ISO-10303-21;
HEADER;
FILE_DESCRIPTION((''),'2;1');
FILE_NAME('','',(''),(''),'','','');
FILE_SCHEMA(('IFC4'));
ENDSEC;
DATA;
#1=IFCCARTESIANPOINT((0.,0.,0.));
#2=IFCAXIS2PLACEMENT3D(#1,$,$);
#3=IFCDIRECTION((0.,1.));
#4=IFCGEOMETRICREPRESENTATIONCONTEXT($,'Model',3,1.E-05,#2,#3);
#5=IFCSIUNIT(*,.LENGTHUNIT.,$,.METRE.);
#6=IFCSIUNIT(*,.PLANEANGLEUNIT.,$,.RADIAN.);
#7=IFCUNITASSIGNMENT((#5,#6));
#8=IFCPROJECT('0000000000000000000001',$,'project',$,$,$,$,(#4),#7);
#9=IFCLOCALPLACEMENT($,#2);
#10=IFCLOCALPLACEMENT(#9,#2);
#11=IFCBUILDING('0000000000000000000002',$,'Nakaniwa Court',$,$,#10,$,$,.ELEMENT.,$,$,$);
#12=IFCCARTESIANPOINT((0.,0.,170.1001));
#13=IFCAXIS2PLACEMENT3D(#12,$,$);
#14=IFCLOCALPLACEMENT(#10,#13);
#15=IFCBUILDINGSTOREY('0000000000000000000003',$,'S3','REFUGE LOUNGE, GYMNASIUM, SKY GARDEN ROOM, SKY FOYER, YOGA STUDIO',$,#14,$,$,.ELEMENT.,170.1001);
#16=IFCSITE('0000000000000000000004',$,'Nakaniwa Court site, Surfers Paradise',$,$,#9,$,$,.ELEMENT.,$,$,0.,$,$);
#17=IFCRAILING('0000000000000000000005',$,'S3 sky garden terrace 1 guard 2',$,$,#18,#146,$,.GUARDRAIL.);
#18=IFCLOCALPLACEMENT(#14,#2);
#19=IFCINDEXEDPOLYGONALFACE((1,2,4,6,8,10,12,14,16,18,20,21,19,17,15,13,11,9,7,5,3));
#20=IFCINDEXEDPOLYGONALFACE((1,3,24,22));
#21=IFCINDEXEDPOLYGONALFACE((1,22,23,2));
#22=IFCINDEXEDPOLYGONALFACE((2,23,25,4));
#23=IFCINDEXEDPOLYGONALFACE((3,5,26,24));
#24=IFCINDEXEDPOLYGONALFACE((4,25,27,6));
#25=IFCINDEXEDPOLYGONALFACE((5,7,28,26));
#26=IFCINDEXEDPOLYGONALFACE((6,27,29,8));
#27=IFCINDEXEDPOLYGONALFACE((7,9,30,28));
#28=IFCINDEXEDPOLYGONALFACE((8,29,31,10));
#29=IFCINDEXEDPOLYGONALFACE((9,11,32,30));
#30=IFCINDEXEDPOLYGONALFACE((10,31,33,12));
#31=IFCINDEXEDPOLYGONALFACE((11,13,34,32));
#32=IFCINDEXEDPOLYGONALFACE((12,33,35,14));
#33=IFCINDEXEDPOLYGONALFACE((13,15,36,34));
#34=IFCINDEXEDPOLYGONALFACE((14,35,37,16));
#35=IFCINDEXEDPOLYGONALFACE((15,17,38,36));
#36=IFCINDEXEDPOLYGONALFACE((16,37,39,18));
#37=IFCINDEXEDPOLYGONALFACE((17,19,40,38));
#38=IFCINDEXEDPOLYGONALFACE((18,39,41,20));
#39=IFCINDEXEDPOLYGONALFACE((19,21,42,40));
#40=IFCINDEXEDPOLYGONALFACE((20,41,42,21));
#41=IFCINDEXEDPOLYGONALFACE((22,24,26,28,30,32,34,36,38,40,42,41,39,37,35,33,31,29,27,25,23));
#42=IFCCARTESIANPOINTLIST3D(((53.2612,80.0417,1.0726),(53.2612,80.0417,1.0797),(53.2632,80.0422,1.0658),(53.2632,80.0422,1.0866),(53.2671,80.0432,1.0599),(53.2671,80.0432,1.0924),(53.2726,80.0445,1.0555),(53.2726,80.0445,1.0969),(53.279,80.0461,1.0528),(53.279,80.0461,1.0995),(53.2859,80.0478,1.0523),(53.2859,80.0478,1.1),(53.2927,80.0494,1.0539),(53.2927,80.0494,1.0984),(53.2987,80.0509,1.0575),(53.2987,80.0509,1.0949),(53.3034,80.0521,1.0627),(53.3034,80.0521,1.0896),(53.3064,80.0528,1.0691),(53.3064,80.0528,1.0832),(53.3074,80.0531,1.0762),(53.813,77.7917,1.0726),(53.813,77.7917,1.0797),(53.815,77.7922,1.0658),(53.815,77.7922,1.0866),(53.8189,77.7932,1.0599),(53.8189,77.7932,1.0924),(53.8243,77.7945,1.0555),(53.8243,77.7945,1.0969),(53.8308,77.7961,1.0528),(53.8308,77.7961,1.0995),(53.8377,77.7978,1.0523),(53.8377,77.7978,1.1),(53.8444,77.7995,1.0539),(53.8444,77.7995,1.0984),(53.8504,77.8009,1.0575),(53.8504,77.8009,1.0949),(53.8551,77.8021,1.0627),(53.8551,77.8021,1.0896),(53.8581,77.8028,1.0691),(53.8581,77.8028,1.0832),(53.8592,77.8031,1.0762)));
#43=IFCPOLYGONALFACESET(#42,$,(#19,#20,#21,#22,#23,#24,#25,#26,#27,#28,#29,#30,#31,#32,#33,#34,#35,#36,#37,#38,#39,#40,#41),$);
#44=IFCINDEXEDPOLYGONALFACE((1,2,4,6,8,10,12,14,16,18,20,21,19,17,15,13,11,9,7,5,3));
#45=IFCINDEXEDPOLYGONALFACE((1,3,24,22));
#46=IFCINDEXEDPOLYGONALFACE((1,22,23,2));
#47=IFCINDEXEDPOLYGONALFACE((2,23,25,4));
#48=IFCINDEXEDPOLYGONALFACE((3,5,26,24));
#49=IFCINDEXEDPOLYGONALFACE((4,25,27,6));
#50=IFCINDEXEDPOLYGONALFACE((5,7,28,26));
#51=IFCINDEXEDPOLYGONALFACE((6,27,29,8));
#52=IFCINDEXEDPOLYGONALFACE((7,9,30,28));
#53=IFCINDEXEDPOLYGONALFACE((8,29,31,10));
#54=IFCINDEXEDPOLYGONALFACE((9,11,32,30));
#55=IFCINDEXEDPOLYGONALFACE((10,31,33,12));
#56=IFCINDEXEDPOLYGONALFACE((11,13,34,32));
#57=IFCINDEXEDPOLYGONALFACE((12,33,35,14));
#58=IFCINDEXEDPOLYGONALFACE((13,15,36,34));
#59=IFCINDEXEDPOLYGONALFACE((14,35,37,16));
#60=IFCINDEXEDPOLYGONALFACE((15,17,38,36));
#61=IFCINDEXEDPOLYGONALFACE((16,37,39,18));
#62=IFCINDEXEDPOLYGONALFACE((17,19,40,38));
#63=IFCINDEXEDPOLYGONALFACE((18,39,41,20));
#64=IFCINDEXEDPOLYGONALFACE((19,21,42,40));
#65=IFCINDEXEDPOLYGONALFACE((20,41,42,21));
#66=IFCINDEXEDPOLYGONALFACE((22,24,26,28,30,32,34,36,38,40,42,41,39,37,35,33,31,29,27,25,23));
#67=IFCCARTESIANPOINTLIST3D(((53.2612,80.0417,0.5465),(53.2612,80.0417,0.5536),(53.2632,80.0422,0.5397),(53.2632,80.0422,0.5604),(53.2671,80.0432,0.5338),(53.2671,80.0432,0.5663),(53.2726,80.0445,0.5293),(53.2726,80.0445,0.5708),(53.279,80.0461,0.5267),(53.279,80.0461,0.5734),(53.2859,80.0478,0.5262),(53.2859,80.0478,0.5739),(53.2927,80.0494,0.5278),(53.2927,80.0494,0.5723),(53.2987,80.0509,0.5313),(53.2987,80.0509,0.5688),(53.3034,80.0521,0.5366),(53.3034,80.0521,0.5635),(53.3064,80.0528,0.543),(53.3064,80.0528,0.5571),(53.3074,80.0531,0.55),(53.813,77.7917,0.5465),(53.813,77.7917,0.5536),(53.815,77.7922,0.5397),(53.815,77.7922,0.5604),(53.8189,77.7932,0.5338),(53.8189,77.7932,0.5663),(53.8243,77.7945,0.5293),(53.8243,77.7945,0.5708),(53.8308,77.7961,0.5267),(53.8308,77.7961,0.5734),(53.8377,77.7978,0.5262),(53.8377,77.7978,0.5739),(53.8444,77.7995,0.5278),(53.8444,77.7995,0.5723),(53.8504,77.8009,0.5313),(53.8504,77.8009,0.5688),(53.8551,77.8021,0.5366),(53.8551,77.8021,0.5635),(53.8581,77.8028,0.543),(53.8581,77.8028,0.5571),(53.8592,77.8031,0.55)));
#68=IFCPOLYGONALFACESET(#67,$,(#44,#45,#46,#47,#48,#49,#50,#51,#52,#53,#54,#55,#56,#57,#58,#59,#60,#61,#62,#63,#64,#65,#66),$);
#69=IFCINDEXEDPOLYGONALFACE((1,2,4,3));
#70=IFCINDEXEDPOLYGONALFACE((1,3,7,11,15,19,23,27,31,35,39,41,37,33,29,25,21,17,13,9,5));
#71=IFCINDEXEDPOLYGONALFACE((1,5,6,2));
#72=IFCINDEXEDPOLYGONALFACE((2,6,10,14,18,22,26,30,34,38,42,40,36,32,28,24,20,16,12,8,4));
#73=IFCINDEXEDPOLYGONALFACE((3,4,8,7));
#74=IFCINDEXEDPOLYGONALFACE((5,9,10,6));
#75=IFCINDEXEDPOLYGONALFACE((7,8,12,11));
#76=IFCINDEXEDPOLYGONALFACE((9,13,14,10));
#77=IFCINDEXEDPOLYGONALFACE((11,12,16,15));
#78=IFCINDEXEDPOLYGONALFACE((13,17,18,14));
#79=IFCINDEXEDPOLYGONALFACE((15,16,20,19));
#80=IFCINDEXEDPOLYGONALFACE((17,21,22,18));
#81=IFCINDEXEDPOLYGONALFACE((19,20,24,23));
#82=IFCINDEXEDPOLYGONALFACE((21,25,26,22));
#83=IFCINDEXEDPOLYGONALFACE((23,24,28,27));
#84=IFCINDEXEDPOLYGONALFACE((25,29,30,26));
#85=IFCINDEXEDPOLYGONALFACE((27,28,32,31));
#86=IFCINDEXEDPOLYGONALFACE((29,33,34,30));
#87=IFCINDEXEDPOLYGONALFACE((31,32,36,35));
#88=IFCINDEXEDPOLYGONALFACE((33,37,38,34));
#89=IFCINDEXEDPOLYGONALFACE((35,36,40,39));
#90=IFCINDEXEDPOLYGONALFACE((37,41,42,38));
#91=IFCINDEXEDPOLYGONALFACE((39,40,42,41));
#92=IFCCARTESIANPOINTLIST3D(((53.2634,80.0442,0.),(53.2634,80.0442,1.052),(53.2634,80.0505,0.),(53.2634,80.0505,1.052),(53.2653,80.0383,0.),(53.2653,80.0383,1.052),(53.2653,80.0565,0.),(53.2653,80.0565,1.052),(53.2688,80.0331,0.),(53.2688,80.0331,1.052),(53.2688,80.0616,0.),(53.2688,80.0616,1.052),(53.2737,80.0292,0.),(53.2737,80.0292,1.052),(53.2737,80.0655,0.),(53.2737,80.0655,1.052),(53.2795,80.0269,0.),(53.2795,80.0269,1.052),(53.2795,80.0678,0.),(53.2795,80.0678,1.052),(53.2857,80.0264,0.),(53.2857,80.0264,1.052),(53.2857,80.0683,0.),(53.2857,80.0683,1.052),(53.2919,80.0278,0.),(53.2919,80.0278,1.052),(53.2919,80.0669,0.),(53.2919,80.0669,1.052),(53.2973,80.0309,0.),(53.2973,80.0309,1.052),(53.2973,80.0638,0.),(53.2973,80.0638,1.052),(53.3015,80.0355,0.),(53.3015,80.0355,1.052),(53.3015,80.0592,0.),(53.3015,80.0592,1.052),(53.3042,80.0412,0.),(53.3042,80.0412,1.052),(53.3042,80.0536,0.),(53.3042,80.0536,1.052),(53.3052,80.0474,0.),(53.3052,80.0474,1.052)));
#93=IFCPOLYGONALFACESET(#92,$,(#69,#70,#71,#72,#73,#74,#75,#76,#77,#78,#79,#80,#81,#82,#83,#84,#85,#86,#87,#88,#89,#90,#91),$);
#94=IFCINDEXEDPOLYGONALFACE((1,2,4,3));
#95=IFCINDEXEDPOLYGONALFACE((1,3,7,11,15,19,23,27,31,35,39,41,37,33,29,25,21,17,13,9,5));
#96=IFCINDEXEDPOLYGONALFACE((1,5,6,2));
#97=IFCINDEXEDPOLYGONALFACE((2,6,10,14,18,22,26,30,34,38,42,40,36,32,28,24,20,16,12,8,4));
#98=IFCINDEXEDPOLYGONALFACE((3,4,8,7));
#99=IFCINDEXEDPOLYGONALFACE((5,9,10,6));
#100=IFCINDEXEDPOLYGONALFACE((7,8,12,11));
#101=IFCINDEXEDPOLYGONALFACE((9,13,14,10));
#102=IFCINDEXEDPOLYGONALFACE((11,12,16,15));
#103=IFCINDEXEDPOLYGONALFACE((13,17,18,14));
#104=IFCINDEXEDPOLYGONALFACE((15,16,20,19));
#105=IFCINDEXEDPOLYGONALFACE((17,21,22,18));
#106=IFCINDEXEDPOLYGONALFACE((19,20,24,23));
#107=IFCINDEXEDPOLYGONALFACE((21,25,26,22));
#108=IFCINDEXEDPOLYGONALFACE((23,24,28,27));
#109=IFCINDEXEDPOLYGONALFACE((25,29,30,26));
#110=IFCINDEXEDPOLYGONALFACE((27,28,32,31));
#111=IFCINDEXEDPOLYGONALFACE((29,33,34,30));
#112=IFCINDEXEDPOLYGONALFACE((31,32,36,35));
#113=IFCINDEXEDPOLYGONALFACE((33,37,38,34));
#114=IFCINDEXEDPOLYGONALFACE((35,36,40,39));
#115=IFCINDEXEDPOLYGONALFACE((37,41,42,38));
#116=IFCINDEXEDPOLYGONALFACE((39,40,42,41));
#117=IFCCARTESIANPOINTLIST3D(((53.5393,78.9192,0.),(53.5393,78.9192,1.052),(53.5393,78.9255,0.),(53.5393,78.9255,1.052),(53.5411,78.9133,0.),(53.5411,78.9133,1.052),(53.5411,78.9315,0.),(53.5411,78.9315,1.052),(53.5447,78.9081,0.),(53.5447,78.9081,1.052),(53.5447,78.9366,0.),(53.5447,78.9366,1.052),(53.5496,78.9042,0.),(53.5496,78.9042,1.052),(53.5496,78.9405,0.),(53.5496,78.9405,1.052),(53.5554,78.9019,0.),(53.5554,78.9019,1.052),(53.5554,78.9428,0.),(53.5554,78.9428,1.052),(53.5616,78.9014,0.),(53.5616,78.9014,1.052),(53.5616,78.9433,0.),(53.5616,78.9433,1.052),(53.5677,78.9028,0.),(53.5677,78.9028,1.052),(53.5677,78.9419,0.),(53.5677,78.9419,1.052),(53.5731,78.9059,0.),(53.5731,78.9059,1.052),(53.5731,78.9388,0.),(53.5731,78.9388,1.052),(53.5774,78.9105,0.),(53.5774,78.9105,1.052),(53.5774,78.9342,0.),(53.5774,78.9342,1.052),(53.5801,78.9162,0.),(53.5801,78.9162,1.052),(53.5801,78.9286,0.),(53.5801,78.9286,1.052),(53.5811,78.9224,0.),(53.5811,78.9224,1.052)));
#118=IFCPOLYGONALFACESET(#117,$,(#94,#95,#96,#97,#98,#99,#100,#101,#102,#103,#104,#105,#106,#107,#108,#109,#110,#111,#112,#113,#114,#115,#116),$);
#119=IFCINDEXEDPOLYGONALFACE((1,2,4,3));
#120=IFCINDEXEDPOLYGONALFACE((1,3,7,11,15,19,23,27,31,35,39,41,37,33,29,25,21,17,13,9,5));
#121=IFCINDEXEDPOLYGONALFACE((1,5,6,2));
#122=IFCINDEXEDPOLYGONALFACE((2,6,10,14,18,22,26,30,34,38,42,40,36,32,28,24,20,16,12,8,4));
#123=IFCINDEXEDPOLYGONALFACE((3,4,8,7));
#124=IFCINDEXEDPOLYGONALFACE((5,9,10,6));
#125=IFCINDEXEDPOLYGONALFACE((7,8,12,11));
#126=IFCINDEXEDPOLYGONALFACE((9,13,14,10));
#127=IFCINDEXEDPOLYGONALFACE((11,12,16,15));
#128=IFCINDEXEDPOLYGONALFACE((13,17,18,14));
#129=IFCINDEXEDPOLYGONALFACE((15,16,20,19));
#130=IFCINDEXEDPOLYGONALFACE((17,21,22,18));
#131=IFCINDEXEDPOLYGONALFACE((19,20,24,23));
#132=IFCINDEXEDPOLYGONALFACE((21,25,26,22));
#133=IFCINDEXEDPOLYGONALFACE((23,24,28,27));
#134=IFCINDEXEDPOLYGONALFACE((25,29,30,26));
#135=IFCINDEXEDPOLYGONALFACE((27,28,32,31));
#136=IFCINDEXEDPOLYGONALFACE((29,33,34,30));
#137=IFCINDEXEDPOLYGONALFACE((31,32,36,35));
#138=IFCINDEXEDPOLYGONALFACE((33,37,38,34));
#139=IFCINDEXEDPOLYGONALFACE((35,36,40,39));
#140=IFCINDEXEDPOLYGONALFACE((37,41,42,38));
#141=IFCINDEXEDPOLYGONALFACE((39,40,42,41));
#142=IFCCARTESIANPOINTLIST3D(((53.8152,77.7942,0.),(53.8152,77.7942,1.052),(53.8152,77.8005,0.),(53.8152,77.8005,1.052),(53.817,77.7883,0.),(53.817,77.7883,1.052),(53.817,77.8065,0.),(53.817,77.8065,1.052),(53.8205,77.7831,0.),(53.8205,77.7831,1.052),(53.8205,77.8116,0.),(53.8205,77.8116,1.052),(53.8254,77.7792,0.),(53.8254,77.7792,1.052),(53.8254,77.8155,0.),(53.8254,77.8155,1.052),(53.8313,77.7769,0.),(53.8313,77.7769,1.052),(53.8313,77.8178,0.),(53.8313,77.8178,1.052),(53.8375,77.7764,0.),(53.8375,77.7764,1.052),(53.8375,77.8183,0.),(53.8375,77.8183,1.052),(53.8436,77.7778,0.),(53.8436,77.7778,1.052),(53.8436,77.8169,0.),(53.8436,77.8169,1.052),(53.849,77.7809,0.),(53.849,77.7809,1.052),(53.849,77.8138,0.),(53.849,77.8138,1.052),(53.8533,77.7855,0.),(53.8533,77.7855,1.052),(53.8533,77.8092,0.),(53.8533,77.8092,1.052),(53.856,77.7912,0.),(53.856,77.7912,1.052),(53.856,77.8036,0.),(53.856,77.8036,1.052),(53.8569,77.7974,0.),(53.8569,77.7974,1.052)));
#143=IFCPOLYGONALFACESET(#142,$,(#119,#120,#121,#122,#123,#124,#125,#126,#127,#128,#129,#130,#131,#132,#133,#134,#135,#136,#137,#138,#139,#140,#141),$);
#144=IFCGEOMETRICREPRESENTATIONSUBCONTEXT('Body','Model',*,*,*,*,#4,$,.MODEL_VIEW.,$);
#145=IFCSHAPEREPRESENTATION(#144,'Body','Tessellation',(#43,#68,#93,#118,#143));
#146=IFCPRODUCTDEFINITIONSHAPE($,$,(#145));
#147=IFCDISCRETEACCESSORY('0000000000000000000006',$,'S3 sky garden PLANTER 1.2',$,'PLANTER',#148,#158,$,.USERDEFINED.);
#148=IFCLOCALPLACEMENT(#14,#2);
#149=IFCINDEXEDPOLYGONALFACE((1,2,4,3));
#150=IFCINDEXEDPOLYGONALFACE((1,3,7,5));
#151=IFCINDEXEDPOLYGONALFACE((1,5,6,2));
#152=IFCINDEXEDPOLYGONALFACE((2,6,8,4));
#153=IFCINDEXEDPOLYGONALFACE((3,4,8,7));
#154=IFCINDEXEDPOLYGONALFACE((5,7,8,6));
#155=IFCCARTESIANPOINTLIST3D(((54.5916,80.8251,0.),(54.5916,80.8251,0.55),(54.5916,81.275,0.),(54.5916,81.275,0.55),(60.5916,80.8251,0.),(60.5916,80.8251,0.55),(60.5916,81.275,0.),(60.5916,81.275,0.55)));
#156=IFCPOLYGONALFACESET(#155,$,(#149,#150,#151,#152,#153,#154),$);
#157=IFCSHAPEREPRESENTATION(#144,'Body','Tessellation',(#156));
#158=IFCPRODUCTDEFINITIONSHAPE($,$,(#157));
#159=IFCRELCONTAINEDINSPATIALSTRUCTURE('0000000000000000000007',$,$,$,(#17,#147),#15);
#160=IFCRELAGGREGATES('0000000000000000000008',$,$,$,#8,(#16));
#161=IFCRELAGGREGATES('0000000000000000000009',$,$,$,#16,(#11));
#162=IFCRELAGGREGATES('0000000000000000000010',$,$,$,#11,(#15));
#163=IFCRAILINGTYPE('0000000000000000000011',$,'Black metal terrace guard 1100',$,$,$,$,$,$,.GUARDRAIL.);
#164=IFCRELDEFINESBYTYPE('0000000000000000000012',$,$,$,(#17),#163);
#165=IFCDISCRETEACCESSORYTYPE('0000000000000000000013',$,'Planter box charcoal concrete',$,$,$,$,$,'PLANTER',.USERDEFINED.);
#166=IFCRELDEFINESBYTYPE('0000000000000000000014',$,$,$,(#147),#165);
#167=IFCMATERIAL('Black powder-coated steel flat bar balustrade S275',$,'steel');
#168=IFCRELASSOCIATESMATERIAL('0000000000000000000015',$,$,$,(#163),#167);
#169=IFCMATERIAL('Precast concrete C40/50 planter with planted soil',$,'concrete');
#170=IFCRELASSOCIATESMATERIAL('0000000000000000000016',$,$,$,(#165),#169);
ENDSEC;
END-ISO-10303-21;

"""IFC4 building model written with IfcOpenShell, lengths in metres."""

from ifc_helpers import new_model, si_unit, direction, frame, origin, origin_2d, place, context, subcontext, project, spatial, rectangle, circle, extrude, material, type_object, element, save


model = new_model("IFC4")

# Units and contexts
model_context = context("Model", 3, precision=1e-05, world=origin(), true_north=direction((0.0, 1.0)))
body_context = subcontext(model_context, "Body", "Model", "MODEL_VIEW")
ifc_project = project(units=[si_unit("LENGTHUNIT", "METRE"), si_unit("PLANEANGLEUNIT", "RADIAN")], contexts=[model_context])

# Site, building, storey
site_placement = place(None, origin())
site = spatial("IfcSite", under=ifc_project, at=site_placement, Name="Nakaniwa Court site, Surfers Paradise", CompositionType="ELEMENT", RefElevation=0.0)
building_placement = place(site_placement, origin())
building = spatial("IfcBuilding", under=site, at=building_placement, Name="Nakaniwa Court", CompositionType="ELEMENT")
storey_placement = place(building_placement, frame((0.0, 0.0, 170.1001)))
storey = spatial("IfcBuildingStorey", under=building, at=storey_placement, Name="S3", Description="REFUGE LOUNGE, GYMNASIUM, SKY GARDEN ROOM, SKY FOYER, YOGA STUDIO", CompositionType="ELEMENT", Elevation=170.1001)

# Railing
ifc_material_1 = material(Name="Black powder-coated steel flat bar balustrade S275", Category="steel")
railing_type = type_object("IfcRailingType", Name="Black metal terrace guard 1100", PredefinedType="GUARDRAIL", material=ifc_material_1)
railing_1_placement = place(storey_placement, frame((53.2842, 80.0474, 0.0)))
element("IfcRailing", 1, at=railing_1_placement, inside=storey, type_object=railing_type, Name="S3 sky garden terrace 1 guard 2", PredefinedType="GUARDRAIL", context=body_context, shape_type="SweptSolid", body=[
    extrude(circle(Radius=0.0239, at=origin_2d()), frame((0.0, 0.0, 1.0762), z_axis=(0.238169, -0.971224, 0.0), x_axis=(0.971224, 0.238169, 0.0)), (0.0, 0.0, 1.0), 2.3167),
    extrude(circle(Radius=0.0239, at=origin_2d()), frame((0.0, 0.0, 0.55), z_axis=(0.238169, -0.971224, 0.0), x_axis=(0.971224, 0.238169, 0.0)), (0.0, 0.0, 1.0), 2.3167),
    extrude(circle(Radius=0.021, at=origin_2d()), origin(), (0.0, 0.0, 1.0), 1.052),
    extrude(circle(Radius=0.021, at=origin_2d()), frame((0.2759, -1.125, 0.0)), (0.0, 0.0, 1.0), 1.052),
    extrude(circle(Radius=0.021, at=origin_2d()), frame((0.5518, -2.25, 0.0)), (0.0, 0.0, 1.0), 1.052),
])

# Discrete accessory
ifc_material_2 = material(Name="Precast concrete C40/50 planter with planted soil", Category="concrete")
discrete_accessory_type = type_object("IfcDiscreteAccessoryType", Name="Planter box charcoal concrete", ElementType="PLANTER", PredefinedType="USERDEFINED", material=ifc_material_2)
discrete_accessory_placement = place(storey_placement, frame((57.5916, 81.05, 0.0), z_axis=(0.0, 0.0, 1.0), x_axis=(1.0, 0.0, 0.0)))
element("IfcDiscreteAccessory", 2, at=discrete_accessory_placement, inside=storey, type_object=discrete_accessory_type, Name="S3 sky garden PLANTER 1.2", ObjectType="PLANTER", PredefinedType="USERDEFINED", context=body_context, shape_type="SweptSolid", body=[
    extrude(rectangle(XDim=6.0, YDim=0.45, at=origin_2d()), origin(), (0.0, 0.0, 1.0), 0.55),
])

save(model, "model.ifc")
